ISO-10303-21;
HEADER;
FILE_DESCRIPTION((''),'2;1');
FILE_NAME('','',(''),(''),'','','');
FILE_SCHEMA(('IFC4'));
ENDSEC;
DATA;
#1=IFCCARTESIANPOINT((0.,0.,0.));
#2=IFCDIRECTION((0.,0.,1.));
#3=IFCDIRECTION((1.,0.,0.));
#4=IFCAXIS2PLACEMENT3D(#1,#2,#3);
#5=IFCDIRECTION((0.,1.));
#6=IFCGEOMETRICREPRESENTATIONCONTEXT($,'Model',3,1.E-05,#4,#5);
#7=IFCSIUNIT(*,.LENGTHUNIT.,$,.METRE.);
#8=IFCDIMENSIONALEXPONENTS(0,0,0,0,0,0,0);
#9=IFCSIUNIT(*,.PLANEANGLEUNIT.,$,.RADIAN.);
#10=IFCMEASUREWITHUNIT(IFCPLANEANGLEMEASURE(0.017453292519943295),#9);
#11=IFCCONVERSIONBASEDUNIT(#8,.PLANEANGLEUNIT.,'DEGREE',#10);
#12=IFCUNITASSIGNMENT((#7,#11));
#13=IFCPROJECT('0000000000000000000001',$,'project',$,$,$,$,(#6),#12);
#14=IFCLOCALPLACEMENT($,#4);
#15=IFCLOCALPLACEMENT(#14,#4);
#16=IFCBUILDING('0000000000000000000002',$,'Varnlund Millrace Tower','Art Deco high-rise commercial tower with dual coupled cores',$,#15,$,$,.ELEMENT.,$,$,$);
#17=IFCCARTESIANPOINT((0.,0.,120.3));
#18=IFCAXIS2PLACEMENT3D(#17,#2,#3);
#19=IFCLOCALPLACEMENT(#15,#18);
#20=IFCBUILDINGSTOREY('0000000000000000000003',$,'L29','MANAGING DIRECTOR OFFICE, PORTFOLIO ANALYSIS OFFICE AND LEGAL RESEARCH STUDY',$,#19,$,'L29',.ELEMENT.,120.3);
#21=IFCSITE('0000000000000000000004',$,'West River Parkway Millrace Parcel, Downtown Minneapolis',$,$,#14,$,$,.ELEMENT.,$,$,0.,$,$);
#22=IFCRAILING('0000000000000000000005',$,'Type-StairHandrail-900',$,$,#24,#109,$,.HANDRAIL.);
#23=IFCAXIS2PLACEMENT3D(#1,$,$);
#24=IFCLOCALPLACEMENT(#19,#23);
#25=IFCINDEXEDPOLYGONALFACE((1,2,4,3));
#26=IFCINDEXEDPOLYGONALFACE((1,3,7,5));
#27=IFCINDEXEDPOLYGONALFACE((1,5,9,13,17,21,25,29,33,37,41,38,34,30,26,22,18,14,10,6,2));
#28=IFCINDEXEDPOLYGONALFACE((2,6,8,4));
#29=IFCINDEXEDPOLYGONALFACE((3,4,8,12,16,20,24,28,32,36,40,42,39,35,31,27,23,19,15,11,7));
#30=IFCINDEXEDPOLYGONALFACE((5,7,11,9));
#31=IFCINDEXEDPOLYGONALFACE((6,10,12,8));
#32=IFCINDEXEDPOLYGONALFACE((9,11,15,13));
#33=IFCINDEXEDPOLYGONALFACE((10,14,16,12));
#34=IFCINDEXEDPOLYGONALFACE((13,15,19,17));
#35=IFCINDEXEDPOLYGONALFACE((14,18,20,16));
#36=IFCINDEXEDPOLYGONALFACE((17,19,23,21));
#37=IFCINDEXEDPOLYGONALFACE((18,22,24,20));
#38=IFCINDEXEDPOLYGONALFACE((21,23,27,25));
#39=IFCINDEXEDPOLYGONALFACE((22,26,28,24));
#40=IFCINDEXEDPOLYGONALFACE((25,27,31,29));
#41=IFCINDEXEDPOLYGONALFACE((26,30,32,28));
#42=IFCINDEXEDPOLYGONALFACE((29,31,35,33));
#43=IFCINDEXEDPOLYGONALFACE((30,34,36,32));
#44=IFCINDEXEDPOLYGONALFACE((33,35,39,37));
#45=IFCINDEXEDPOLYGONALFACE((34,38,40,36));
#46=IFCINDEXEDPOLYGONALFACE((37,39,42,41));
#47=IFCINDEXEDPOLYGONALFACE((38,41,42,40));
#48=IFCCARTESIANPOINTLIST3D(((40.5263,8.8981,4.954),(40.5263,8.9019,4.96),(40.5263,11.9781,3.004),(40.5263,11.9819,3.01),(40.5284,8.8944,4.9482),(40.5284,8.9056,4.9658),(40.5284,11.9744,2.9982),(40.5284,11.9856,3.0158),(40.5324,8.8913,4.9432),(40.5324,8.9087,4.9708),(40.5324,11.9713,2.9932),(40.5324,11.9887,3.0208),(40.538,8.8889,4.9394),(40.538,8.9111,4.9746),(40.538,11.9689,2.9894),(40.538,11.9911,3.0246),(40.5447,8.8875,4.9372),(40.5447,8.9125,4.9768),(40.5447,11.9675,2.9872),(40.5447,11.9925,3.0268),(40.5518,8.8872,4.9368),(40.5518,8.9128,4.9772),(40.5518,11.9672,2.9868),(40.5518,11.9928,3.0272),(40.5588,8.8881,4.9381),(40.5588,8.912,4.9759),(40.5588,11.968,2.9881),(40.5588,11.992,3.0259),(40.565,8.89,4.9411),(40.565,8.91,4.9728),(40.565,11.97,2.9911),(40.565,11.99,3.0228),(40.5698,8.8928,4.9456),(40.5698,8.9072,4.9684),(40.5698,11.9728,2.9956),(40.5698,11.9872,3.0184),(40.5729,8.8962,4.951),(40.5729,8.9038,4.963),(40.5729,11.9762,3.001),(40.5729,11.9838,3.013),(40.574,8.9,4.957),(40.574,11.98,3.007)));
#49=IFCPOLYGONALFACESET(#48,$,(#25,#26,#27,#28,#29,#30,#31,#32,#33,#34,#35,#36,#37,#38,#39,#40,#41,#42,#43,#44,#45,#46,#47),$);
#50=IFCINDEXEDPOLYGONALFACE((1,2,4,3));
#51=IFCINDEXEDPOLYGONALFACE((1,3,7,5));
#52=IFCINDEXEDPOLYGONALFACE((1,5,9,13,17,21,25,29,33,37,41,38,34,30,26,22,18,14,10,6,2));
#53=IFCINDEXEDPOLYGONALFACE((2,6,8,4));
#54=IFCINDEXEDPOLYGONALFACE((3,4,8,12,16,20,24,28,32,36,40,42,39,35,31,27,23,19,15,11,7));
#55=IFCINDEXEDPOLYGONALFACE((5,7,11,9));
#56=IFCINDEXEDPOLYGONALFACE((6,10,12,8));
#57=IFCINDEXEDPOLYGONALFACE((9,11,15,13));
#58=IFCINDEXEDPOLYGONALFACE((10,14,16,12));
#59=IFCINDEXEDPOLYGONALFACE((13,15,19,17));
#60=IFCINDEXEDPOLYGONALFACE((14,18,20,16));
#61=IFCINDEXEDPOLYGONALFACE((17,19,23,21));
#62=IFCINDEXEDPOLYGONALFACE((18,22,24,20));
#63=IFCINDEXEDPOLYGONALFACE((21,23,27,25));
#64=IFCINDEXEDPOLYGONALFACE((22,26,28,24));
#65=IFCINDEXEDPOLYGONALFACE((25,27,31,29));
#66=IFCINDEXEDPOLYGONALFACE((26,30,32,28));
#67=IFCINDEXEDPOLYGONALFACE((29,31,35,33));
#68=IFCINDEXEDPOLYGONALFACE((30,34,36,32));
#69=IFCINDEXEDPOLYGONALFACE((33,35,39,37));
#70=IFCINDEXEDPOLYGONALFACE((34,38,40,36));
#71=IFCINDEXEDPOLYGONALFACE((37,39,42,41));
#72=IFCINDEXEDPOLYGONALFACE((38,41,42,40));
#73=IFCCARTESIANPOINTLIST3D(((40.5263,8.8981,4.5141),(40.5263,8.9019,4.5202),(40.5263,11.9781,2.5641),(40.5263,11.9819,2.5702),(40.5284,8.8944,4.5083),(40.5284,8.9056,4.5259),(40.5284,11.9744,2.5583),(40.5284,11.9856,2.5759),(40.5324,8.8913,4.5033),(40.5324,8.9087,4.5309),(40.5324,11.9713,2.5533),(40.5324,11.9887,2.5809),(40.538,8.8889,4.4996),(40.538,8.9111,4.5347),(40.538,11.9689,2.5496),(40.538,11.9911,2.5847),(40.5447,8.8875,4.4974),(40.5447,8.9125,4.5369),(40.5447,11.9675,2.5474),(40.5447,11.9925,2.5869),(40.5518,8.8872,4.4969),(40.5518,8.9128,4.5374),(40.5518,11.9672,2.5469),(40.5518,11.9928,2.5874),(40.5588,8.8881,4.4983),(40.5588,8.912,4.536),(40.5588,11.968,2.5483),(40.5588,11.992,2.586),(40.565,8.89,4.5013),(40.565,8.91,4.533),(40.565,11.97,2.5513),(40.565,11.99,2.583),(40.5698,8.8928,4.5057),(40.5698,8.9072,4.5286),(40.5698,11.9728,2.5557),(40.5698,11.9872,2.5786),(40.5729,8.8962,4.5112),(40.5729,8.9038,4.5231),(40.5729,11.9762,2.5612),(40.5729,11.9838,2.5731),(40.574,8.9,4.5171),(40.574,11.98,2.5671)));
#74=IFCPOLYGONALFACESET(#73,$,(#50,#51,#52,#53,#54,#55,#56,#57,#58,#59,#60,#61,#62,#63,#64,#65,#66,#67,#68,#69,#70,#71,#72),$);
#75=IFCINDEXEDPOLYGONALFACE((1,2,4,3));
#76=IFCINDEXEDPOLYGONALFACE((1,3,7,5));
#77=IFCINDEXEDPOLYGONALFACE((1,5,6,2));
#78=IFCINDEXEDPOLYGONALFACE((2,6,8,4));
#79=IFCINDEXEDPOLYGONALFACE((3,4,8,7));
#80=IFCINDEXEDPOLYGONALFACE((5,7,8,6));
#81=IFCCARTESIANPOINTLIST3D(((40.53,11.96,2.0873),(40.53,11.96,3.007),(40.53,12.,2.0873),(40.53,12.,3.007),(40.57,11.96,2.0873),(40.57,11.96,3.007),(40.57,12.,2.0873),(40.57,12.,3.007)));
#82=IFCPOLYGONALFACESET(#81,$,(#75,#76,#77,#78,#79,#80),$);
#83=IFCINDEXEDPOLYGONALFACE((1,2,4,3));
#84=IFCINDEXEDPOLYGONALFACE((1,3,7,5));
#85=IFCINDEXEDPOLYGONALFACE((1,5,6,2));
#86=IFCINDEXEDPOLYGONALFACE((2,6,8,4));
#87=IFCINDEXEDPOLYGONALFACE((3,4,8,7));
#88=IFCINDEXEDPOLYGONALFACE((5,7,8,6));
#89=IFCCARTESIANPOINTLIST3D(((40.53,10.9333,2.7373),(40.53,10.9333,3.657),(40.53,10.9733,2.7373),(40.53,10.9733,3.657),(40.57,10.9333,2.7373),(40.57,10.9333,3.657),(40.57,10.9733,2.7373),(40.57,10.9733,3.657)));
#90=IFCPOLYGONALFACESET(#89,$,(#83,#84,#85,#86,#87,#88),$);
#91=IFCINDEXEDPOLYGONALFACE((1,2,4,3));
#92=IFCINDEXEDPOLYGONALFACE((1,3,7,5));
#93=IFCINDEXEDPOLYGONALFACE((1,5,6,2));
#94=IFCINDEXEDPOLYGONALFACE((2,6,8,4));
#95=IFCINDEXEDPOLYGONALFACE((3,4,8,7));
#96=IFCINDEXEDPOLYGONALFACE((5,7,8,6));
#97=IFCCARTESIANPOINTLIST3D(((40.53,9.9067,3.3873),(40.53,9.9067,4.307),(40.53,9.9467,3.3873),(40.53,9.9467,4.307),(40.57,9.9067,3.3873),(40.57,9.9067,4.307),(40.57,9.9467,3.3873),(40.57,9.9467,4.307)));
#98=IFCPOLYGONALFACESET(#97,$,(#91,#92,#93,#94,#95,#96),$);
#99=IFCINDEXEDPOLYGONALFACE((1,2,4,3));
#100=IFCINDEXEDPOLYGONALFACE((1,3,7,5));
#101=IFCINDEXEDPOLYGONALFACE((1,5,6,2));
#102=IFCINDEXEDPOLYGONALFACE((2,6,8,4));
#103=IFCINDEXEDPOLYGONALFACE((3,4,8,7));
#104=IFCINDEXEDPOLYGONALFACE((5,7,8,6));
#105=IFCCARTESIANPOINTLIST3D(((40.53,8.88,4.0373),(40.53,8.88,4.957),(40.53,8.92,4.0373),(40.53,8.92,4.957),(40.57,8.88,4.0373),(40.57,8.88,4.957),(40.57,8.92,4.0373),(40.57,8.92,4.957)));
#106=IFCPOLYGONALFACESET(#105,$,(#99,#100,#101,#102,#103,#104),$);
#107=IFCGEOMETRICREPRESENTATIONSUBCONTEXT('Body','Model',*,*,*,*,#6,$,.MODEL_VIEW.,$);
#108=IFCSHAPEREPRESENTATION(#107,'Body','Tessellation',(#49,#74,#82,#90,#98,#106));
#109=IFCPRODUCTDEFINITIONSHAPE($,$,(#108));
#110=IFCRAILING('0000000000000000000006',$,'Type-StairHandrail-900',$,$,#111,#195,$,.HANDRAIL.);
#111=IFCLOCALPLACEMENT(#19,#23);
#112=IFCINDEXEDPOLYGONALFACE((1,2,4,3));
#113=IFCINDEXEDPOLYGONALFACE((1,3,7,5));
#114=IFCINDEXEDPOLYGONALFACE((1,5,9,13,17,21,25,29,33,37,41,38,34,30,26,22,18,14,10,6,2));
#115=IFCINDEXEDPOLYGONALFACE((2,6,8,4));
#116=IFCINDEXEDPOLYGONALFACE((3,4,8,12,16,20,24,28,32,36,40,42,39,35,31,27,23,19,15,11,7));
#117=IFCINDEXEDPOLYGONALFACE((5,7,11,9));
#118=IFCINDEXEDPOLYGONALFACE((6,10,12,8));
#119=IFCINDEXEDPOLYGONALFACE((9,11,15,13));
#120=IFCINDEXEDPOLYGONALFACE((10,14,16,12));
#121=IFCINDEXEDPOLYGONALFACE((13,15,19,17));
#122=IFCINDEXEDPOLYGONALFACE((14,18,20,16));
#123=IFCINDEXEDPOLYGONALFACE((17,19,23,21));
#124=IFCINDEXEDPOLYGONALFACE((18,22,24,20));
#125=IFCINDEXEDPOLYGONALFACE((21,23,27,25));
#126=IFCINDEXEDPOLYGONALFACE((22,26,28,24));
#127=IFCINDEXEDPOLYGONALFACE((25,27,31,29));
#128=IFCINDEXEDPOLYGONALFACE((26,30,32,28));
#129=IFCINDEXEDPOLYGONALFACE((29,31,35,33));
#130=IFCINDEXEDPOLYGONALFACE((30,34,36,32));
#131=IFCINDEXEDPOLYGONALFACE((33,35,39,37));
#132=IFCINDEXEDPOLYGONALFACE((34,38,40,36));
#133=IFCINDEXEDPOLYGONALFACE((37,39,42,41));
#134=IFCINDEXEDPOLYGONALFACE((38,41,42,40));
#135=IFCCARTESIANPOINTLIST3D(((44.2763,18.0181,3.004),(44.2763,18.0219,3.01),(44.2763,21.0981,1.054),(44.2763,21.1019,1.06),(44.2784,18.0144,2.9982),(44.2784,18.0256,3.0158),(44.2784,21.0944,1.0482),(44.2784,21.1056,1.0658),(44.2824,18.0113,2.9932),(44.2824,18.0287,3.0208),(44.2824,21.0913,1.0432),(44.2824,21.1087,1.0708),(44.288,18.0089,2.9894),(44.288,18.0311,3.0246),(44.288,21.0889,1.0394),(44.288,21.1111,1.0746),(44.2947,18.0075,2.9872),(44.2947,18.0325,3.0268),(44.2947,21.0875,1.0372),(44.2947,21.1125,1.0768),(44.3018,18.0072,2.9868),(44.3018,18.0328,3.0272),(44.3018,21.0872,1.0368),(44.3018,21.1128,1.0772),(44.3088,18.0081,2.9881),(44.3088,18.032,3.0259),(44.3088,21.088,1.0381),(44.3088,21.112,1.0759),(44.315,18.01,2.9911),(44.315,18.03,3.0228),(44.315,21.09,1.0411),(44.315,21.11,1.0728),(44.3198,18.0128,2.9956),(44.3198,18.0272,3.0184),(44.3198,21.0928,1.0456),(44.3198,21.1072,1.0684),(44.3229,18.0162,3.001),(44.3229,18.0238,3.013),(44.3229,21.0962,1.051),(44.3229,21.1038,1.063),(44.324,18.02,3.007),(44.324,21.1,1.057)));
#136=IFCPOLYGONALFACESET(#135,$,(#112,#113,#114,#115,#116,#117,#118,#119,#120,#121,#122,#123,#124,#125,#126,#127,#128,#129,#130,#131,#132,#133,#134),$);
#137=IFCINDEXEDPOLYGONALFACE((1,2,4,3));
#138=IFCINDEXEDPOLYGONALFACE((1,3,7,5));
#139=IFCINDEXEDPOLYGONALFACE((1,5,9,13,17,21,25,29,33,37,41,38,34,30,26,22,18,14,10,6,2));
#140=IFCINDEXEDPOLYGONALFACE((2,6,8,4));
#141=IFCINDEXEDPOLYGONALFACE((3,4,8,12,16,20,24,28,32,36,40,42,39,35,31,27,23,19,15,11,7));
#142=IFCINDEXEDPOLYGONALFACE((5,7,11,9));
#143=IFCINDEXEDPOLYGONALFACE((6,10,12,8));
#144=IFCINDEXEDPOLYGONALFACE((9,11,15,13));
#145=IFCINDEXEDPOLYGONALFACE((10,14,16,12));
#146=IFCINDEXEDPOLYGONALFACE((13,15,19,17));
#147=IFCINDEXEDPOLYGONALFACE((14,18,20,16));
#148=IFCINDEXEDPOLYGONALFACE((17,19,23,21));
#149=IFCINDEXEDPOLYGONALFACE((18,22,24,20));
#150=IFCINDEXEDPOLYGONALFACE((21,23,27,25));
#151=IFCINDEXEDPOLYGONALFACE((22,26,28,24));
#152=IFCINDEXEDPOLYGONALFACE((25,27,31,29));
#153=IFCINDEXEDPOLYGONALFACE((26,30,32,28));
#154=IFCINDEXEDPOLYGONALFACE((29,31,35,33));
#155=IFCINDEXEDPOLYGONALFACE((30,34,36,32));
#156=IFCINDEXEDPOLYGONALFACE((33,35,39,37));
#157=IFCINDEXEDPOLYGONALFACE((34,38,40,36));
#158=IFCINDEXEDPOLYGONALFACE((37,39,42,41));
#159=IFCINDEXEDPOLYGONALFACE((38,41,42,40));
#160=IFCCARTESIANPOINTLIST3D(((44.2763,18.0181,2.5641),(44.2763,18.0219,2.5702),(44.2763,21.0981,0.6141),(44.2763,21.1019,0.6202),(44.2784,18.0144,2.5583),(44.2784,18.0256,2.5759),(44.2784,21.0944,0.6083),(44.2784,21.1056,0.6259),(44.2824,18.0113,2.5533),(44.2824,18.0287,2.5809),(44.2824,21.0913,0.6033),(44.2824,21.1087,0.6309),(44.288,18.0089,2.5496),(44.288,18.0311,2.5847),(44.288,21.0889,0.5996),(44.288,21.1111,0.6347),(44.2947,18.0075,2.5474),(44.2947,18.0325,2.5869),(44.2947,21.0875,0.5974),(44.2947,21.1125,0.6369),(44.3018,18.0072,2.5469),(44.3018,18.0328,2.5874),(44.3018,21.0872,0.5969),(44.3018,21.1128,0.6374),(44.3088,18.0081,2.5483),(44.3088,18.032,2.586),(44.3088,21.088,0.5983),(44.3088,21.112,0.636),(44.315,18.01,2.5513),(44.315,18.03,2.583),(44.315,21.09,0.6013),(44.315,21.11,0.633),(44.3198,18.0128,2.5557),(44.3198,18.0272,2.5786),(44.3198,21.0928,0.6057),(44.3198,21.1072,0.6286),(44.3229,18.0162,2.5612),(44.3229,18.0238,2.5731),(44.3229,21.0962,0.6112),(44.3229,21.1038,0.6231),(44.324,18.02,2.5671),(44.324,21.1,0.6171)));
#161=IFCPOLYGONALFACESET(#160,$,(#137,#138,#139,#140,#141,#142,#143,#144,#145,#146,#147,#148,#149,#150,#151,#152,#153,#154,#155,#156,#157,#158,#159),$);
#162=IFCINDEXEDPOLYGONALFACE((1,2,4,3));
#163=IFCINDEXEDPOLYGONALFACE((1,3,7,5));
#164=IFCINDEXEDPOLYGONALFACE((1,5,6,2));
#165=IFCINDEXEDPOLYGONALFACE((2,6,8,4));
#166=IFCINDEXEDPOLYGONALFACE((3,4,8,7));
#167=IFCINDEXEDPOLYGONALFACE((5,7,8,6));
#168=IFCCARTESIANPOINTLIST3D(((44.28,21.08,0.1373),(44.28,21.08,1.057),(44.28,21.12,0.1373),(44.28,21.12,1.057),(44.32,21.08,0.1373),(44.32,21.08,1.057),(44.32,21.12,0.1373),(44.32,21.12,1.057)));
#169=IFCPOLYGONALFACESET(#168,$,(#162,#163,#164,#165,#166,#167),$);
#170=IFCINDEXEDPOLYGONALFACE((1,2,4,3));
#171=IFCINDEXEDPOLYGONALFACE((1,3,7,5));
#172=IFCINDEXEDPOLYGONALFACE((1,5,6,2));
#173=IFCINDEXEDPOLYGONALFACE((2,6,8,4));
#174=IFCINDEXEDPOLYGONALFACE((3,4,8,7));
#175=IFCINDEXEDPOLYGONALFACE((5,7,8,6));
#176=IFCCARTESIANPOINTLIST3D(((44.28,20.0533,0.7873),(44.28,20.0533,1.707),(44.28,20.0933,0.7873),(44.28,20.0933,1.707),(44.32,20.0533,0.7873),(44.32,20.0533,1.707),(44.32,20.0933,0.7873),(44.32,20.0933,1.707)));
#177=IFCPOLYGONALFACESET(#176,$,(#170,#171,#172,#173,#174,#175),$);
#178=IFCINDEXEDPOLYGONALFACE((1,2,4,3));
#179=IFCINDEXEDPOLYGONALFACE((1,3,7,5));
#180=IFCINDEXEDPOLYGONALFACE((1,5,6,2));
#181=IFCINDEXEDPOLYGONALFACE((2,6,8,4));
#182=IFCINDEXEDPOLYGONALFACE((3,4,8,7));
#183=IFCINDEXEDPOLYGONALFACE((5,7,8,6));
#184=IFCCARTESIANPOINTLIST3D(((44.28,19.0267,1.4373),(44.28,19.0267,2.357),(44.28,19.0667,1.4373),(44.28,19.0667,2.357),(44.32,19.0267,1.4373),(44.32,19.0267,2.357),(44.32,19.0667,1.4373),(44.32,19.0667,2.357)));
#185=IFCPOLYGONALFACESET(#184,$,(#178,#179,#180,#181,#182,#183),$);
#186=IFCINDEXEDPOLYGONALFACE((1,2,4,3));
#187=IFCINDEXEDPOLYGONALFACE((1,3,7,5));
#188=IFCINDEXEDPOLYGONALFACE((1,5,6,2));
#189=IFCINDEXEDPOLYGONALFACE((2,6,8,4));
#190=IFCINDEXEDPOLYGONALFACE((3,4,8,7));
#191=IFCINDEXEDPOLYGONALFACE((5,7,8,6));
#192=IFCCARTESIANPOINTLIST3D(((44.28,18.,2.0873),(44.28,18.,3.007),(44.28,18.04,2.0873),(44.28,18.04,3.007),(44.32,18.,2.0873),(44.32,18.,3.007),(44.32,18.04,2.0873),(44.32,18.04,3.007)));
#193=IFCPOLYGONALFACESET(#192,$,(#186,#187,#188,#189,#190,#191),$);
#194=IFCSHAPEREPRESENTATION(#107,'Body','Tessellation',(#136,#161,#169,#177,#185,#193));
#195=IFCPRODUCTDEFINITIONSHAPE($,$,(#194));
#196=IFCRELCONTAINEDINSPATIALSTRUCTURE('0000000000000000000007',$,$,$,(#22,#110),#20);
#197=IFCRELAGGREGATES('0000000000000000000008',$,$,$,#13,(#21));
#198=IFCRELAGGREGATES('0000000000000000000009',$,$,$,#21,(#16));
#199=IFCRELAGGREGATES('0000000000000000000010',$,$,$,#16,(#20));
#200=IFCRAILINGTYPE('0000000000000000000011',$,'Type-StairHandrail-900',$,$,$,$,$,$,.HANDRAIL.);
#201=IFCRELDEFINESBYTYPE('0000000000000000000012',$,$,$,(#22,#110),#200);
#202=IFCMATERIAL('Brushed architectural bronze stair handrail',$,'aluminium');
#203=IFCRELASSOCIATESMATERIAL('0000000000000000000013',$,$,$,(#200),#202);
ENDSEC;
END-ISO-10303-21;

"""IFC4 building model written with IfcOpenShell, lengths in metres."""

from ifc_helpers import new_model, entity, si_unit, converted_unit, direction, frame, origin_with_axes, origin_2d_with_axis, place, context, subcontext, project, spatial, rectangle, circle, extrude, material, type_object, element, save


model = new_model("IFC4")

# Units and contexts
model_context = context("Model", 3, precision=1e-05, world=origin_with_axes(), true_north=direction((0.0, 1.0)))
body_context = subcontext(model_context, "Body", "Model", "MODEL_VIEW")
ifc_project = project(units=[si_unit("LENGTHUNIT", "METRE"), converted_unit("PLANEANGLEUNIT", "DEGREE", entity("IfcPlaneAngleMeasure", 0.017453292519943295), si_unit("PLANEANGLEUNIT", "RADIAN"), dimensions=[0, 0, 0, 0, 0, 0, 0])], contexts=[model_context])

# Site, building, storey
site_placement = place(None, origin_with_axes())
site = spatial("IfcSite", under=ifc_project, at=site_placement, Name="West River Parkway Millrace Parcel, Downtown Minneapolis", CompositionType="ELEMENT", RefElevation=0.0)
building_placement = place(site_placement, origin_with_axes())
building = spatial("IfcBuilding", under=site, at=building_placement, Name="Varnlund Millrace Tower", Description="Art Deco high-rise commercial tower with dual coupled cores", CompositionType="ELEMENT")
storey_placement = place(building_placement, frame((0.0, 0.0, 120.3), z_axis=(0.0, 0.0, 1.0), x_axis=(1.0, 0.0, 0.0)))
storey = spatial("IfcBuildingStorey", under=building, at=storey_placement, Name="L29", Description="MANAGING DIRECTOR OFFICE, PORTFOLIO ANALYSIS OFFICE AND LEGAL RESEARCH STUDY", LongName="L29", CompositionType="ELEMENT", Elevation=120.3)

# Railings
ifc_material_1 = material(Name="Brushed architectural bronze stair handrail", Category="aluminium")
railing_type_1 = type_object("IfcRailingType", Name="Type-StairHandrail-900", PredefinedType="HANDRAIL", material=ifc_material_1)
railing_1_placement = place(storey_placement, frame((0.0, 0.0, -120.3), z_axis=(0.0, 0.0, 1.0), x_axis=(1.0, 0.0, 0.0)))
element("IfcRailing", 1, at=railing_1_placement, inside=storey, type_object=railing_type_1, Name="Type-StairHandrail-900", PredefinedType="HANDRAIL", context=body_context, shape_type="SweptSolid", body=[
    extrude(circle(Radius=0.024, at=origin_2d_with_axis()), frame((40.55, 11.98, 123.307), z_axis=(0.0, -0.844902, 0.534922), x_axis=(1.0, 0.0, 0.0)), (0.0, 0.0, 1.0), 3.6454),
    extrude(circle(Radius=0.024, at=origin_2d_with_axis()), frame((40.55, 11.98, 122.8671), z_axis=(0.0, -0.844902, 0.534922), x_axis=(1.0, 0.0, 0.0)), (0.0, 0.0, 1.0), 3.6454),
    extrude(rectangle(XDim=0.04, YDim=0.04, at=origin_2d_with_axis()), frame((40.55, 11.98, 122.3873), z_axis=(0.0, 0.0, 1.0), x_axis=(1.0, 0.0, 0.0)), (0.0, 0.0, 1.0), 0.9197),
    extrude(rectangle(XDim=0.04, YDim=0.04, at=origin_2d_with_axis()), frame((40.55, 10.9533, 123.0373), z_axis=(0.0, 0.0, 1.0), x_axis=(1.0, 0.0, 0.0)), (0.0, 0.0, 1.0), 0.9197),
    extrude(rectangle(XDim=0.04, YDim=0.04, at=origin_2d_with_axis()), frame((40.55, 9.9267, 123.6873), z_axis=(0.0, 0.0, 1.0), x_axis=(1.0, 0.0, 0.0)), (0.0, 0.0, 1.0), 0.9197),
    extrude(rectangle(XDim=0.04, YDim=0.04, at=origin_2d_with_axis()), frame((40.55, 8.9, 124.3373), z_axis=(0.0, 0.0, 1.0), x_axis=(1.0, 0.0, 0.0)), (0.0, 0.0, 1.0), 0.9197),
])
railing_2_placement = place(storey_placement, frame((0.0, 0.0, -120.3), z_axis=(0.0, 0.0, 1.0), x_axis=(1.0, 0.0, 0.0)))
element("IfcRailing", 2, at=railing_2_placement, inside=storey, type_object=railing_type_1, Name="Type-StairHandrail-900", PredefinedType="HANDRAIL", context=body_context, shape_type="SweptSolid", body=[
    extrude(circle(Radius=0.024, at=origin_2d_with_axis()), frame((44.3, 21.1, 121.357), z_axis=(0.0, -0.844902, 0.534922), x_axis=(1.0, 0.0, 0.0)), (0.0, 0.0, 1.0), 3.6454),
    extrude(circle(Radius=0.024, at=origin_2d_with_axis()), frame((44.3, 21.1, 120.9171), z_axis=(0.0, -0.844902, 0.534922), x_axis=(1.0, 0.0, 0.0)), (0.0, 0.0, 1.0), 3.6454),
    extrude(rectangle(XDim=0.04, YDim=0.04, at=origin_2d_with_axis()), frame((44.3, 21.1, 120.4373), z_axis=(0.0, 0.0, 1.0), x_axis=(1.0, 0.0, 0.0)), (0.0, 0.0, 1.0), 0.9197),
    extrude(rectangle(XDim=0.04, YDim=0.04, at=origin_2d_with_axis()), frame((44.3, 20.0733, 121.0873), z_axis=(0.0, 0.0, 1.0), x_axis=(1.0, 0.0, 0.0)), (0.0, 0.0, 1.0), 0.9197),
    extrude(rectangle(XDim=0.04, YDim=0.04, at=origin_2d_with_axis()), frame((44.3, 19.0467, 121.7373), z_axis=(0.0, 0.0, 1.0), x_axis=(1.0, 0.0, 0.0)), (0.0, 0.0, 1.0), 0.9197),
    extrude(rectangle(XDim=0.04, YDim=0.04, at=origin_2d_with_axis()), frame((44.3, 18.02, 122.3873), z_axis=(0.0, 0.0, 1.0), x_axis=(1.0, 0.0, 0.0)), (0.0, 0.0, 1.0), 0.9197),
])

save(model, "model.ifc")
